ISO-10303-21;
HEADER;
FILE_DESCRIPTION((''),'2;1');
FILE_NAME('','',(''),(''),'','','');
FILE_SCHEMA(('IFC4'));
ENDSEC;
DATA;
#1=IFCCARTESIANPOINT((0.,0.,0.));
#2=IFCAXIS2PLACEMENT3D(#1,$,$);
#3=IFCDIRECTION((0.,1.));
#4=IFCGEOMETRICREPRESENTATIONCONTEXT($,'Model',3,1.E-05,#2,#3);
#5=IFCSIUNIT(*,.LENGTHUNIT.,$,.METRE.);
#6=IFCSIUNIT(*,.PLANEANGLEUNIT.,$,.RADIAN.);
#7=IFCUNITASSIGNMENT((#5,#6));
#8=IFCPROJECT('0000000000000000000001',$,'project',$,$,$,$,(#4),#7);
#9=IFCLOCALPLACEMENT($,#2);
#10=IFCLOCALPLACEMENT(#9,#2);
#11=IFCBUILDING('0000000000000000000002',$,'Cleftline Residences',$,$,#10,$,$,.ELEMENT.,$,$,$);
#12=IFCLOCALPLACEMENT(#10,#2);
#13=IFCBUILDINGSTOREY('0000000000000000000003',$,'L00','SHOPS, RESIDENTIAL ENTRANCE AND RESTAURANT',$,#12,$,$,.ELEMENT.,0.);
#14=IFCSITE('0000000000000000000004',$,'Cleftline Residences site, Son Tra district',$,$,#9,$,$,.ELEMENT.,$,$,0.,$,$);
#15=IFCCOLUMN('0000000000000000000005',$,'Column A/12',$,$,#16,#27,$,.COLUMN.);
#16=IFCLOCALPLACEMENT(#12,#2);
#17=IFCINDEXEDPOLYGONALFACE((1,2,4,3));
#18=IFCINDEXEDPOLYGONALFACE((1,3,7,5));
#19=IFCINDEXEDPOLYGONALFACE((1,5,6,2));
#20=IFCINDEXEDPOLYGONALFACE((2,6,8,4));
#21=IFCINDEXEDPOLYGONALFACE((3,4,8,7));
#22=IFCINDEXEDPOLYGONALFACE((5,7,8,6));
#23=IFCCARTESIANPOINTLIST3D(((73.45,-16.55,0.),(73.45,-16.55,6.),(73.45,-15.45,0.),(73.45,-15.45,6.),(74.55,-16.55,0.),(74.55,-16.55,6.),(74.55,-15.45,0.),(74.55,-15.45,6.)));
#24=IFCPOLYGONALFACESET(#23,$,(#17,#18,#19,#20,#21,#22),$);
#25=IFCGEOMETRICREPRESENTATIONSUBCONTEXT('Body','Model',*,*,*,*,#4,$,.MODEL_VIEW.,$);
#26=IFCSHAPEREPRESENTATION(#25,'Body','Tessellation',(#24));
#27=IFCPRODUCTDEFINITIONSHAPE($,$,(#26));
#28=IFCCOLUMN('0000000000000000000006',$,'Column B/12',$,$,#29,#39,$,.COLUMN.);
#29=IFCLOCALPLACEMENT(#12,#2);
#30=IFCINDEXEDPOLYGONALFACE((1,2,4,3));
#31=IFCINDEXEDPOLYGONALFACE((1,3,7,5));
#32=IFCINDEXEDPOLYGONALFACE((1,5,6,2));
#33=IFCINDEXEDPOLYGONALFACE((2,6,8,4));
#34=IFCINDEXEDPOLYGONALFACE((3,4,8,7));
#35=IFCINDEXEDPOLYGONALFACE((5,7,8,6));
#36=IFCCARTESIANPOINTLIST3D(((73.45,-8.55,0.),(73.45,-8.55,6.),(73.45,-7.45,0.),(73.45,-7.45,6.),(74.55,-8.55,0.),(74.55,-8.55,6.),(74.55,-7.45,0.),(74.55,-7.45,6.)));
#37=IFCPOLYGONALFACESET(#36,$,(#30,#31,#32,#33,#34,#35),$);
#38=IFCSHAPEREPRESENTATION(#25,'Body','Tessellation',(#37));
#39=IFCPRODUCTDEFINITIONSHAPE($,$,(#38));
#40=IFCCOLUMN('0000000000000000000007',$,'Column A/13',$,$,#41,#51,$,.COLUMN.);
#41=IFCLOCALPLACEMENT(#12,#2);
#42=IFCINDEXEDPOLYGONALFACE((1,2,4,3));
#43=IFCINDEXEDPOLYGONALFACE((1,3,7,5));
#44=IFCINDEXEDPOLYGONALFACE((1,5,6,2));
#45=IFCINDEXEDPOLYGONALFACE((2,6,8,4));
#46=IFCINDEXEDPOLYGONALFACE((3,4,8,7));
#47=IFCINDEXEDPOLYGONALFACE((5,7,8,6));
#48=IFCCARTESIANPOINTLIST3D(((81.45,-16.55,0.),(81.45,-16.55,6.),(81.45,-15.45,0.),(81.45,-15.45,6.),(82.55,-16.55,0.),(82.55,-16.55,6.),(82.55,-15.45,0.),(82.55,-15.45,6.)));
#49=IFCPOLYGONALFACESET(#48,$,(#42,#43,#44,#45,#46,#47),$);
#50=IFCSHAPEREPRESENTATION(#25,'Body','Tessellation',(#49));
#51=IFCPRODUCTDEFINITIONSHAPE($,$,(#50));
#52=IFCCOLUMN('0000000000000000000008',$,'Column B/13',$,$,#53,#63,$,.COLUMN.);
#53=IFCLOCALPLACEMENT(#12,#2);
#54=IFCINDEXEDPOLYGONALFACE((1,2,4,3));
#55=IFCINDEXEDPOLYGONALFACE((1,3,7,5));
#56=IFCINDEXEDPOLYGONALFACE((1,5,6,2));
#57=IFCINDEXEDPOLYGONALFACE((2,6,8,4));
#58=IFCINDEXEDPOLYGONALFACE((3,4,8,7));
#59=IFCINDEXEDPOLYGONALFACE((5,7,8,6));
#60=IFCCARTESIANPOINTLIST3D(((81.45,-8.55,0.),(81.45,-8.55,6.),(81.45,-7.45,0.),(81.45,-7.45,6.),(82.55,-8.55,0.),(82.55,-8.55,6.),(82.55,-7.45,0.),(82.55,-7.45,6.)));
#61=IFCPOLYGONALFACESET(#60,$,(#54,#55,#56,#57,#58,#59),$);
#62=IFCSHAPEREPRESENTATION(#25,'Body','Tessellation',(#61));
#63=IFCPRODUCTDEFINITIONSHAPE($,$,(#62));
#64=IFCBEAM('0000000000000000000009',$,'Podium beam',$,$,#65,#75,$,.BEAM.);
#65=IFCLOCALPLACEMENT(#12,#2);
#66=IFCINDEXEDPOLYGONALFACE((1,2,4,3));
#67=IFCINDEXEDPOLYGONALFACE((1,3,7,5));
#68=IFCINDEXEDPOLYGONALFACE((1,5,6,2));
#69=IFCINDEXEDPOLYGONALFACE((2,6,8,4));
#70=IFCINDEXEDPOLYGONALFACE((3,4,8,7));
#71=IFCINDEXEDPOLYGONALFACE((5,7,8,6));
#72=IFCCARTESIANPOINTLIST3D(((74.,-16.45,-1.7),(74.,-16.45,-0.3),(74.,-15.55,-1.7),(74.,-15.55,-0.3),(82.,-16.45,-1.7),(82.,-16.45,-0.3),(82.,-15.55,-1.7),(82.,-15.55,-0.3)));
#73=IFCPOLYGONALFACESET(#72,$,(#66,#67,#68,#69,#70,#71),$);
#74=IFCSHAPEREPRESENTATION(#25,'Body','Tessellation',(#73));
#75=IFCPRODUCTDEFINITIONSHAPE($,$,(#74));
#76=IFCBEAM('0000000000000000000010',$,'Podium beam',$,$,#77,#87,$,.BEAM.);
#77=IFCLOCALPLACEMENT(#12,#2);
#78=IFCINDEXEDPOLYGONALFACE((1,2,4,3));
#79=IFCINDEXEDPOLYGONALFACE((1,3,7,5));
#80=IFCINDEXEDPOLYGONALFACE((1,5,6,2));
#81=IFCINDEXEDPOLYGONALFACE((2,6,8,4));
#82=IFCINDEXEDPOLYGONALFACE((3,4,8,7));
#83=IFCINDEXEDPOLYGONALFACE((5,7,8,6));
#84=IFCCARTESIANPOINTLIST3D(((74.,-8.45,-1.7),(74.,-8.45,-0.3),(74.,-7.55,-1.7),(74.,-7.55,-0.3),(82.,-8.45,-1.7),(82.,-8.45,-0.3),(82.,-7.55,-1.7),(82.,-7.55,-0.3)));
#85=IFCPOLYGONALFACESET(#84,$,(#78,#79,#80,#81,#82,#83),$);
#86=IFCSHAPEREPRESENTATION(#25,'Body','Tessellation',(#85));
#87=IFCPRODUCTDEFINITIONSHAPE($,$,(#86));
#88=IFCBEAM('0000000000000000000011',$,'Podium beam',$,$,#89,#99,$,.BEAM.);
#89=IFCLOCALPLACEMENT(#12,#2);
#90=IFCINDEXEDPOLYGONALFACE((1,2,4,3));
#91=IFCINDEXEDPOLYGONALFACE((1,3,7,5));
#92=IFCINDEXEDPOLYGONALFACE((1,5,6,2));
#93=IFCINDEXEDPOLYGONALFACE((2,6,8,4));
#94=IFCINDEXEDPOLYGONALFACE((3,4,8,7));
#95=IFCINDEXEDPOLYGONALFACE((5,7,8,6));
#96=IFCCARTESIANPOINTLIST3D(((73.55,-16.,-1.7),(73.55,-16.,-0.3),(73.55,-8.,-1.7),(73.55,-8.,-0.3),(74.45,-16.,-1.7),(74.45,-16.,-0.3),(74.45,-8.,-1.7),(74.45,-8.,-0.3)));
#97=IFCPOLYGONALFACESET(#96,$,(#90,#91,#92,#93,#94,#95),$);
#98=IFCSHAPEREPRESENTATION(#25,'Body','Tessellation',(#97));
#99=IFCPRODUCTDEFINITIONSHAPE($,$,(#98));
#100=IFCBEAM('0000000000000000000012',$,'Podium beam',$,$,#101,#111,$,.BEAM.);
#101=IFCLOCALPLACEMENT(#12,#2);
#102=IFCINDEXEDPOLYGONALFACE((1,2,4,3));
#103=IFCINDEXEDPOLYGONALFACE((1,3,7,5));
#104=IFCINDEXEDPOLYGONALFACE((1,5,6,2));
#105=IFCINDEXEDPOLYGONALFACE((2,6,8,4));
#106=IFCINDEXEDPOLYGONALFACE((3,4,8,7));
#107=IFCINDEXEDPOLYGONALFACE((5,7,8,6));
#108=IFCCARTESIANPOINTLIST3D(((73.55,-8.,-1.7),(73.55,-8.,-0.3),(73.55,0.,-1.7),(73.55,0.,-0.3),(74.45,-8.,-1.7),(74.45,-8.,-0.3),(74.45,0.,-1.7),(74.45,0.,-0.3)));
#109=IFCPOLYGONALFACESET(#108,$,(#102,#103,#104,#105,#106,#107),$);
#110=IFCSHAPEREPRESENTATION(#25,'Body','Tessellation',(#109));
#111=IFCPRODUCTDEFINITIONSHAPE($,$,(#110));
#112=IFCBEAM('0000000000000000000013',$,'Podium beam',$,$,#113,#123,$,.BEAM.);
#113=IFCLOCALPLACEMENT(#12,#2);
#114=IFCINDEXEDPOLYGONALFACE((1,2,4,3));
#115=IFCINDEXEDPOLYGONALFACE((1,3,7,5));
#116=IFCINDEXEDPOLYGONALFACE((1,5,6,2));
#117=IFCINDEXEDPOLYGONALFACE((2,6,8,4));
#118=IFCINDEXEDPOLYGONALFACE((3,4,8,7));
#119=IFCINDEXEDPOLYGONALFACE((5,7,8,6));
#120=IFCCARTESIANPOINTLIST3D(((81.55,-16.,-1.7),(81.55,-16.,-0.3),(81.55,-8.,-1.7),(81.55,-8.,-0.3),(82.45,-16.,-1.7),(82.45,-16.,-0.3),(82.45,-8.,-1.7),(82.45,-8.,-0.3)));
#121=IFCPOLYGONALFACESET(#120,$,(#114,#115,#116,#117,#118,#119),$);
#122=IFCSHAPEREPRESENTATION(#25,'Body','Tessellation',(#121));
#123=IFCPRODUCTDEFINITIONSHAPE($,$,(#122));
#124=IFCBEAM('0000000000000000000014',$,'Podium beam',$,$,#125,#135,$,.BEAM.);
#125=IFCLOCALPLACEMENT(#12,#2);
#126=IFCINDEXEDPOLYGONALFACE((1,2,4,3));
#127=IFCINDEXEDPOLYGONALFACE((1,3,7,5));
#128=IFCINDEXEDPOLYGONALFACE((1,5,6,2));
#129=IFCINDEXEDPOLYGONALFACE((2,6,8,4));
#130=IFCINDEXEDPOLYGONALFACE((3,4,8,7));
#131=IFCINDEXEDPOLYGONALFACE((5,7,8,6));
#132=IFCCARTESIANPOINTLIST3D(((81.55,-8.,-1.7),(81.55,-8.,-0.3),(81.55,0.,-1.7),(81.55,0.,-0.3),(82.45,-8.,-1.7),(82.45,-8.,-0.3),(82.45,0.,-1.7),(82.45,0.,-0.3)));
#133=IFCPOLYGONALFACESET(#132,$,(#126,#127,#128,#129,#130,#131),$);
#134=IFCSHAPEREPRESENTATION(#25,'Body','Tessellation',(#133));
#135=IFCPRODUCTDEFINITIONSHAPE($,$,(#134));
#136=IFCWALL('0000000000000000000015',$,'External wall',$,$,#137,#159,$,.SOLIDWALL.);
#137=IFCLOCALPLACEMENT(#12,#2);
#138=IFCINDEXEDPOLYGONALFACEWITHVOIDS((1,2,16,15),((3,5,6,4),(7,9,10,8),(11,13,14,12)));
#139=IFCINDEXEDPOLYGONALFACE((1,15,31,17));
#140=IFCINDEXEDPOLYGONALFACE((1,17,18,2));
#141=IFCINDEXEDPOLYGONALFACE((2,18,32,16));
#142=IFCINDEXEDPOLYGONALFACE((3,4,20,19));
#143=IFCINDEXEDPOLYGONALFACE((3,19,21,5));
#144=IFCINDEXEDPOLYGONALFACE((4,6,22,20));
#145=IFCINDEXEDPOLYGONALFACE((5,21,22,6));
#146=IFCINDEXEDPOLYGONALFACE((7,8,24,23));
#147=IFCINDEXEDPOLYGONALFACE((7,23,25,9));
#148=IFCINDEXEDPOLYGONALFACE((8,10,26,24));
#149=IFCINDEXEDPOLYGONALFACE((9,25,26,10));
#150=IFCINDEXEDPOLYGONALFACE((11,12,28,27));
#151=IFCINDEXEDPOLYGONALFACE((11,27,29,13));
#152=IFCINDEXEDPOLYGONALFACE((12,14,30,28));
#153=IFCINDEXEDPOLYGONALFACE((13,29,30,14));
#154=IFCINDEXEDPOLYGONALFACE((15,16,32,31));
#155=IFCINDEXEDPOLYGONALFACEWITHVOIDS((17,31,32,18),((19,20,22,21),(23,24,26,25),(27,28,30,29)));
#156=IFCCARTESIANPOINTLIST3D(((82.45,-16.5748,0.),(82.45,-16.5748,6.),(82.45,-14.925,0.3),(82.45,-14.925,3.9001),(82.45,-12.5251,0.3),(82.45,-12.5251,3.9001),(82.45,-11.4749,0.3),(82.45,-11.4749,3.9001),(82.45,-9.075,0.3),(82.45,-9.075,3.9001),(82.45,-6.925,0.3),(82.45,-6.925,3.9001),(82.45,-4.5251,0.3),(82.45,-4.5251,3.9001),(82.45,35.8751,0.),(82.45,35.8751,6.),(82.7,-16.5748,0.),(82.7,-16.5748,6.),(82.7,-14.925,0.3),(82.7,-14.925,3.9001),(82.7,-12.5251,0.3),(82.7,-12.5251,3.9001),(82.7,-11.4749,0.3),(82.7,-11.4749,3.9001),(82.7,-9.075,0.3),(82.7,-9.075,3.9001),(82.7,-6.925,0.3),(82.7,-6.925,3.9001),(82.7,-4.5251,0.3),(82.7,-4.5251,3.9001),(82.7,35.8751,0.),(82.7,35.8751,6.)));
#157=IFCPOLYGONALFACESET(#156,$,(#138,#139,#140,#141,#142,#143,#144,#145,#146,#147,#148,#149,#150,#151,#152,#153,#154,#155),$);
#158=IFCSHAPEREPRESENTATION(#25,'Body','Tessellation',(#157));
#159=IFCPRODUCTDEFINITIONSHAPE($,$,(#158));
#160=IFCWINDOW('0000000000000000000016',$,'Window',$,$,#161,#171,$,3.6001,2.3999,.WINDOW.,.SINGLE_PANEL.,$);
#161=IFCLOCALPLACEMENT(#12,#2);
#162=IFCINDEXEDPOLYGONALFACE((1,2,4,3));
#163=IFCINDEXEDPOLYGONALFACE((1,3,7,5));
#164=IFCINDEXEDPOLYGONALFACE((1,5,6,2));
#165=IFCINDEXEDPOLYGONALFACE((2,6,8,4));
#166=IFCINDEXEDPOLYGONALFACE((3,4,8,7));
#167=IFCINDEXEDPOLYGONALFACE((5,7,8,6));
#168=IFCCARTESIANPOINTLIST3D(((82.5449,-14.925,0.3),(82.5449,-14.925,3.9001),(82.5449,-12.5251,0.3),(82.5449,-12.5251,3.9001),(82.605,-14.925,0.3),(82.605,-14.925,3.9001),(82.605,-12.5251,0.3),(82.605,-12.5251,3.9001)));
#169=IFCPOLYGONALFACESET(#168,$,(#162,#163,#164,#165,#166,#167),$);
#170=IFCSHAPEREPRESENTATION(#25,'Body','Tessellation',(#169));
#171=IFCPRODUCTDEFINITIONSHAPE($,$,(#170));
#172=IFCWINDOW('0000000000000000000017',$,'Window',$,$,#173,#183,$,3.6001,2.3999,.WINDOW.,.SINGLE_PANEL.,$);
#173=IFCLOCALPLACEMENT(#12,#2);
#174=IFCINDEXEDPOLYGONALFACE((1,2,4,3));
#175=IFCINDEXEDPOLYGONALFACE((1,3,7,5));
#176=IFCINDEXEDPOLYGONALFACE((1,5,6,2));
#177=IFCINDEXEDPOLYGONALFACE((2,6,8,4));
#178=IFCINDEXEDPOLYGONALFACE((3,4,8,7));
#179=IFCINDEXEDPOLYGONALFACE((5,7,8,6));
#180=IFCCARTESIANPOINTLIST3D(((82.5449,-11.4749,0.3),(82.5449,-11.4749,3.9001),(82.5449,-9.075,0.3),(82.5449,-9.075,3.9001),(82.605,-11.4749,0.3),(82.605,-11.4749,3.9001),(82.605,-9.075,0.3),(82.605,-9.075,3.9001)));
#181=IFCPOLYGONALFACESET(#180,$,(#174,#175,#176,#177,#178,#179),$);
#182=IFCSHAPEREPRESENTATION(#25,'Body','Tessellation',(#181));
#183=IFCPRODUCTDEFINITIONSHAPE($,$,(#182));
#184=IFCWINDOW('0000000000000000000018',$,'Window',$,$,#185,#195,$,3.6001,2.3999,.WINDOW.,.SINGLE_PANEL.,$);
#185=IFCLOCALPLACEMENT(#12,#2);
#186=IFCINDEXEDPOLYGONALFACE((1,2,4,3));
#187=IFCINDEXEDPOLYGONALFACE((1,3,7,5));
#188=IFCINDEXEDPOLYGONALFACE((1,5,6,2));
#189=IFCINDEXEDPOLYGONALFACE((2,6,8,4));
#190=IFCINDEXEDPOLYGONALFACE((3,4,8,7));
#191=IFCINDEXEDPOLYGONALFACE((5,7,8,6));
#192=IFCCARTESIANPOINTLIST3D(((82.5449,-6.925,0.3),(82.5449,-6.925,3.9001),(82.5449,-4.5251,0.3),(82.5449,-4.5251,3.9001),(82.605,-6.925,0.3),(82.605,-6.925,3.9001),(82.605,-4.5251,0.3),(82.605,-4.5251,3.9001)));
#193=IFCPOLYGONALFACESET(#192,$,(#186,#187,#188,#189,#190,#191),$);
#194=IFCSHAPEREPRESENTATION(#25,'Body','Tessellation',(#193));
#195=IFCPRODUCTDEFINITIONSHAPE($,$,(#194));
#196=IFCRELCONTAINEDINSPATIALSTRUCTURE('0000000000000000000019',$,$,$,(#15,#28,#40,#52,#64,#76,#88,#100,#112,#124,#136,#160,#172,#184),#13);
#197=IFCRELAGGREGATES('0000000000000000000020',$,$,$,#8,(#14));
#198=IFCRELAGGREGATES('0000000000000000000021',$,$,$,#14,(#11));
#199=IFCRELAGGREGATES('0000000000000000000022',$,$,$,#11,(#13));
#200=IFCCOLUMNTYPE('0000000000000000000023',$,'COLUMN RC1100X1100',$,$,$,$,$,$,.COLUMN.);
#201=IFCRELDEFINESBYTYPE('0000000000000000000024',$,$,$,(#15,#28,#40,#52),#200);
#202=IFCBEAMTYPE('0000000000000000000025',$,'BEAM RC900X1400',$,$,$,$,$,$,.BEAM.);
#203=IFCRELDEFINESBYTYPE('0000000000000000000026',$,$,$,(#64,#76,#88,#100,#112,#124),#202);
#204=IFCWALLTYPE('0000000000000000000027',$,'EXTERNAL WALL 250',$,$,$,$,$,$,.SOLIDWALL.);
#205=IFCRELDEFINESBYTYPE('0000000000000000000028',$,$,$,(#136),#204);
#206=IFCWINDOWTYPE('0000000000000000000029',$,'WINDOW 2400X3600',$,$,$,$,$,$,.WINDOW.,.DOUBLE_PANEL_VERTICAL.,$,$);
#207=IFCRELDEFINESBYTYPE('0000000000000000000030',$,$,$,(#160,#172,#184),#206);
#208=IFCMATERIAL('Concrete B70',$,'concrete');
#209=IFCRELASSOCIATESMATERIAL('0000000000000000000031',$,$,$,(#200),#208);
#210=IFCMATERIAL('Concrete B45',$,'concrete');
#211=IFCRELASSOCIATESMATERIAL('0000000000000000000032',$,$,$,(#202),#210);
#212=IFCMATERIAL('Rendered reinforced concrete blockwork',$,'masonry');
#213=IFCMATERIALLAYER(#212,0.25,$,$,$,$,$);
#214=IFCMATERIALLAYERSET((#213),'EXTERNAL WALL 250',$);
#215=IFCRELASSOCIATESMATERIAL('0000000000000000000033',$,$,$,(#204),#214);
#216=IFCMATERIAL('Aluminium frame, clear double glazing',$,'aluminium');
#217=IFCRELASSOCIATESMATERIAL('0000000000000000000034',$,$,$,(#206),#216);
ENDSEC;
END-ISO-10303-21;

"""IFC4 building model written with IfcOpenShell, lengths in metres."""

from ifc_helpers import new_model, si_unit, direction, frame, frame_2d, origin, origin_2d, place, context, subcontext, project, spatial, rectangle, extrude, material, layer, layer_set, material_profile, profile_set, type_object, element, fill, save


model = new_model("IFC4")

# Units and contexts
model_context = context("Model", 3, precision=1e-05, world=origin(), true_north=direction((0.0, 1.0)))
body_context = subcontext(model_context, "Body", "Model", "MODEL_VIEW")
ifc_project = project(units=[si_unit("LENGTHUNIT", "METRE"), si_unit("PLANEANGLEUNIT", "RADIAN")], contexts=[model_context])

# Site, building, storey
site_placement = place(None, origin())
site = spatial("IfcSite", under=ifc_project, at=site_placement, Name="Cleftline Residences site, Son Tra district", CompositionType="ELEMENT", RefElevation=0.0)
building_placement = place(site_placement, origin())
building = spatial("IfcBuilding", under=site, at=building_placement, Name="Cleftline Residences", CompositionType="ELEMENT")
storey_placement = place(building_placement, origin())
storey = spatial("IfcBuildingStorey", under=building, at=storey_placement, Name="L00", Description="SHOPS, RESIDENTIAL ENTRANCE AND RESTAURANT", CompositionType="ELEMENT", Elevation=0.0)

# Columns
ifc_material_1 = material(Name="Concrete B70", Category="concrete")
ifc_material_profile_1 = material_profile(ifc_material_1, rectangle(XDim=1.1001, YDim=1.1001, at=origin_2d()))
ifc_profile_set_1 = profile_set([ifc_material_profile_1], Name="Concrete B70")
column_type = type_object("IfcColumnType", Name="COLUMN RC1100X1100", PredefinedType="COLUMN", material=ifc_profile_set_1)
for number, where, z_axis, x_axis, name in (
    (1, (74.0, -16.0, 0.0), (0.0, 0.0, 1.0), (1.0, 0.0, 0.0), "Column A/12"),
    (2, (74.0, -8.0, 0.0), (0.0, 0.0, 1.0), (1.0, 0.0, 0.0), "Column B/12"),
    (3, (82.0, -16.0, 0.0), (0.0, 0.0, 1.0), (1.0, 0.0, 0.0), "Column A/13"),
    (4, (82.0, -8.0, 0.0), (0.0, 0.0, 1.0), (1.0, 0.0, 0.0), "Column B/13"),
):
    element("IfcColumn", number, at=place(storey_placement, frame(where, z_axis=z_axis, x_axis=x_axis)), inside=storey, type_object=column_type, Name=name, PredefinedType="COLUMN", context=body_context, shape_type="SweptSolid", body=[
        extrude(rectangle(XDim=1.1001, YDim=1.1001, at=origin_2d()), origin(), (0.0, 0.0, 1.0), 6.0),
    ])

# Beams
ifc_material_2 = material(Name="Concrete B45", Category="concrete")
ifc_material_profile_2 = material_profile(ifc_material_2, rectangle(XDim=0.8999, YDim=1.3999, at=origin_2d()))
ifc_profile_set_2 = profile_set([ifc_material_profile_2], Name="Concrete B45")
beam_type = type_object("IfcBeamType", Name="BEAM RC900X1400", PredefinedType="BEAM", material=ifc_profile_set_2)
for number, where, z_axis, x_axis, name in (
    (5, (74.0, -16.0, -1.0), (1.0, 0.0, 0.0), (0.0, 1.0, 0.0), "Podium beam"),
    (6, (74.0, -8.0, -1.0), (1.0, 0.0, 0.0), (0.0, 1.0, 0.0), "Podium beam"),
    (7, (74.0, -16.0, -1.0), (0.0, 1.0, 0.0), (-1.0, 0.0, 0.0), "Podium beam"),
    (8, (74.0, -8.0, -1.0), (0.0, 1.0, 0.0), (-1.0, 0.0, 0.0), "Podium beam"),
    (9, (82.0, -16.0, -1.0), (0.0, 1.0, 0.0), (-1.0, 0.0, 0.0), "Podium beam"),
    (10, (82.0, -8.0, -1.0), (0.0, 1.0, 0.0), (-1.0, 0.0, 0.0), "Podium beam"),
):
    element("IfcBeam", number, at=place(storey_placement, frame(where, z_axis=z_axis, x_axis=x_axis)), inside=storey, type_object=beam_type, Name=name, PredefinedType="BEAM", context=body_context, shape_type="SweptSolid", body=[
        extrude(rectangle(XDim=0.8999, YDim=1.3999, at=origin_2d()), origin(), (0.0, 0.0, 1.0), 8.0),
    ])

# Wall, openings, windows
ifc_material_3 = material(Name="Rendered reinforced concrete blockwork", Category="masonry")
ifc_layer_1 = layer(ifc_material_3, 0.25)
ifc_layer_set_1 = layer_set([ifc_layer_1], Name="EXTERNAL WALL 250")
wall_type_1 = type_object("IfcWallType", Name="EXTERNAL WALL 250", PredefinedType="SOLIDWALL", material=ifc_layer_set_1)
wall_1_placement = place(storey_placement, frame((82.575, -16.575, 0.0), z_axis=(0.0, 0.0, 1.0), x_axis=(0.0, 1.0, 0.0)))
wall_1 = element("IfcWall", 11, at=wall_1_placement, inside=storey, type_object=wall_type_1, Name="External wall", PredefinedType="SOLIDWALL", context=body_context, shape_type="SweptSolid", body=[
    extrude(rectangle(XDim=52.45, YDim=0.25, at=frame_2d((26.2251, 0.0))), origin(), (0.0, 0.0, 1.0), 6.0),
])
opening_1_placement = place(wall_1_placement, frame((1.6499, 0.0, 0.3)))
opening_1 = element("IfcOpeningElement", 12, at=opening_1_placement, cuts=wall_1, PredefinedType="OPENING", context=body_context, shape_type="SweptSolid", body=[
    extrude(rectangle(XDim=2.3999, YDim=3.6001, at=frame_2d((1.2, 1.8))), frame((0.0, 0.135, 0.0), z_axis=(0.0, -1.0, 0.0), x_axis=(1.0, 0.0, 0.0)), (0.0, 0.0, 1.0), 0.27),
])
opening_2_placement = place(wall_1_placement, frame((5.1001, 0.0, 0.3)))
opening_2 = element("IfcOpeningElement", 13, at=opening_2_placement, cuts=wall_1, PredefinedType="OPENING", context=body_context, shape_type="SweptSolid", body=[
    extrude(rectangle(XDim=2.3999, YDim=3.6001, at=frame_2d((1.2, 1.8))), frame((0.0, 0.135, 0.0), z_axis=(0.0, -1.0, 0.0), x_axis=(1.0, 0.0, 0.0)), (0.0, 0.0, 1.0), 0.27),
])
opening_3_placement = place(wall_1_placement, frame((9.6499, 0.0, 0.3)))
opening_3 = element("IfcOpeningElement", 14, at=opening_3_placement, cuts=wall_1, PredefinedType="OPENING", context=body_context, shape_type="SweptSolid", body=[
    extrude(rectangle(XDim=2.3999, YDim=3.6001, at=frame_2d((1.2, 1.8))), frame((0.0, 0.135, 0.0), z_axis=(0.0, -1.0, 0.0), x_axis=(1.0, 0.0, 0.0)), (0.0, 0.0, 1.0), 0.27),
])
ifc_material_4 = material(Name="Aluminium frame, clear double glazing", Category="aluminium")
window_type = type_object("IfcWindowType", Name="WINDOW 2400X3600", PartitioningType="DOUBLE_PANEL_VERTICAL", PredefinedType="WINDOW", material=ifc_material_4)
window_1_placement = place(opening_1_placement, origin())
window_1 = element("IfcWindow", 15, at=window_1_placement, inside=storey, type_object=window_type, Name="Window", OverallHeight=3.6001, OverallWidth=2.3999, PartitioningType="SINGLE_PANEL", PredefinedType="WINDOW", context=body_context, shape_type="SweptSolid", body=[
    extrude(rectangle(XDim=2.3999, YDim=3.6001, at=frame_2d((1.2, 1.8))), frame((0.0, 0.03, 0.0), z_axis=(0.0, -1.0, 0.0), x_axis=(1.0, 0.0, 0.0)), (0.0, 0.0, 1.0), 0.0601),
])
fill(opening_1, window_1)
window_2_placement = place(opening_2_placement, origin())
window_2 = element("IfcWindow", 16, at=window_2_placement, inside=storey, type_object=window_type, Name="Window", OverallHeight=3.6001, OverallWidth=2.3999, PartitioningType="SINGLE_PANEL", PredefinedType="WINDOW", context=body_context, shape_type="SweptSolid", body=[
    extrude(rectangle(XDim=2.3999, YDim=3.6001, at=frame_2d((1.2, 1.8))), frame((0.0, 0.03, 0.0), z_axis=(0.0, -1.0, 0.0), x_axis=(1.0, 0.0, 0.0)), (0.0, 0.0, 1.0), 0.0601),
])
fill(opening_2, window_2)
window_3_placement = place(opening_3_placement, origin())
window_3 = element("IfcWindow", 17, at=window_3_placement, inside=storey, type_object=window_type, Name="Window", OverallHeight=3.6001, OverallWidth=2.3999, PartitioningType="SINGLE_PANEL", PredefinedType="WINDOW", context=body_context, shape_type="SweptSolid", body=[
    extrude(rectangle(XDim=2.3999, YDim=3.6001, at=frame_2d((1.2, 1.8))), frame((0.0, 0.03, 0.0), z_axis=(0.0, -1.0, 0.0), x_axis=(1.0, 0.0, 0.0)), (0.0, 0.0, 1.0), 0.0601),
])
fill(opening_3, window_3)

save(model, "model.ifc")
